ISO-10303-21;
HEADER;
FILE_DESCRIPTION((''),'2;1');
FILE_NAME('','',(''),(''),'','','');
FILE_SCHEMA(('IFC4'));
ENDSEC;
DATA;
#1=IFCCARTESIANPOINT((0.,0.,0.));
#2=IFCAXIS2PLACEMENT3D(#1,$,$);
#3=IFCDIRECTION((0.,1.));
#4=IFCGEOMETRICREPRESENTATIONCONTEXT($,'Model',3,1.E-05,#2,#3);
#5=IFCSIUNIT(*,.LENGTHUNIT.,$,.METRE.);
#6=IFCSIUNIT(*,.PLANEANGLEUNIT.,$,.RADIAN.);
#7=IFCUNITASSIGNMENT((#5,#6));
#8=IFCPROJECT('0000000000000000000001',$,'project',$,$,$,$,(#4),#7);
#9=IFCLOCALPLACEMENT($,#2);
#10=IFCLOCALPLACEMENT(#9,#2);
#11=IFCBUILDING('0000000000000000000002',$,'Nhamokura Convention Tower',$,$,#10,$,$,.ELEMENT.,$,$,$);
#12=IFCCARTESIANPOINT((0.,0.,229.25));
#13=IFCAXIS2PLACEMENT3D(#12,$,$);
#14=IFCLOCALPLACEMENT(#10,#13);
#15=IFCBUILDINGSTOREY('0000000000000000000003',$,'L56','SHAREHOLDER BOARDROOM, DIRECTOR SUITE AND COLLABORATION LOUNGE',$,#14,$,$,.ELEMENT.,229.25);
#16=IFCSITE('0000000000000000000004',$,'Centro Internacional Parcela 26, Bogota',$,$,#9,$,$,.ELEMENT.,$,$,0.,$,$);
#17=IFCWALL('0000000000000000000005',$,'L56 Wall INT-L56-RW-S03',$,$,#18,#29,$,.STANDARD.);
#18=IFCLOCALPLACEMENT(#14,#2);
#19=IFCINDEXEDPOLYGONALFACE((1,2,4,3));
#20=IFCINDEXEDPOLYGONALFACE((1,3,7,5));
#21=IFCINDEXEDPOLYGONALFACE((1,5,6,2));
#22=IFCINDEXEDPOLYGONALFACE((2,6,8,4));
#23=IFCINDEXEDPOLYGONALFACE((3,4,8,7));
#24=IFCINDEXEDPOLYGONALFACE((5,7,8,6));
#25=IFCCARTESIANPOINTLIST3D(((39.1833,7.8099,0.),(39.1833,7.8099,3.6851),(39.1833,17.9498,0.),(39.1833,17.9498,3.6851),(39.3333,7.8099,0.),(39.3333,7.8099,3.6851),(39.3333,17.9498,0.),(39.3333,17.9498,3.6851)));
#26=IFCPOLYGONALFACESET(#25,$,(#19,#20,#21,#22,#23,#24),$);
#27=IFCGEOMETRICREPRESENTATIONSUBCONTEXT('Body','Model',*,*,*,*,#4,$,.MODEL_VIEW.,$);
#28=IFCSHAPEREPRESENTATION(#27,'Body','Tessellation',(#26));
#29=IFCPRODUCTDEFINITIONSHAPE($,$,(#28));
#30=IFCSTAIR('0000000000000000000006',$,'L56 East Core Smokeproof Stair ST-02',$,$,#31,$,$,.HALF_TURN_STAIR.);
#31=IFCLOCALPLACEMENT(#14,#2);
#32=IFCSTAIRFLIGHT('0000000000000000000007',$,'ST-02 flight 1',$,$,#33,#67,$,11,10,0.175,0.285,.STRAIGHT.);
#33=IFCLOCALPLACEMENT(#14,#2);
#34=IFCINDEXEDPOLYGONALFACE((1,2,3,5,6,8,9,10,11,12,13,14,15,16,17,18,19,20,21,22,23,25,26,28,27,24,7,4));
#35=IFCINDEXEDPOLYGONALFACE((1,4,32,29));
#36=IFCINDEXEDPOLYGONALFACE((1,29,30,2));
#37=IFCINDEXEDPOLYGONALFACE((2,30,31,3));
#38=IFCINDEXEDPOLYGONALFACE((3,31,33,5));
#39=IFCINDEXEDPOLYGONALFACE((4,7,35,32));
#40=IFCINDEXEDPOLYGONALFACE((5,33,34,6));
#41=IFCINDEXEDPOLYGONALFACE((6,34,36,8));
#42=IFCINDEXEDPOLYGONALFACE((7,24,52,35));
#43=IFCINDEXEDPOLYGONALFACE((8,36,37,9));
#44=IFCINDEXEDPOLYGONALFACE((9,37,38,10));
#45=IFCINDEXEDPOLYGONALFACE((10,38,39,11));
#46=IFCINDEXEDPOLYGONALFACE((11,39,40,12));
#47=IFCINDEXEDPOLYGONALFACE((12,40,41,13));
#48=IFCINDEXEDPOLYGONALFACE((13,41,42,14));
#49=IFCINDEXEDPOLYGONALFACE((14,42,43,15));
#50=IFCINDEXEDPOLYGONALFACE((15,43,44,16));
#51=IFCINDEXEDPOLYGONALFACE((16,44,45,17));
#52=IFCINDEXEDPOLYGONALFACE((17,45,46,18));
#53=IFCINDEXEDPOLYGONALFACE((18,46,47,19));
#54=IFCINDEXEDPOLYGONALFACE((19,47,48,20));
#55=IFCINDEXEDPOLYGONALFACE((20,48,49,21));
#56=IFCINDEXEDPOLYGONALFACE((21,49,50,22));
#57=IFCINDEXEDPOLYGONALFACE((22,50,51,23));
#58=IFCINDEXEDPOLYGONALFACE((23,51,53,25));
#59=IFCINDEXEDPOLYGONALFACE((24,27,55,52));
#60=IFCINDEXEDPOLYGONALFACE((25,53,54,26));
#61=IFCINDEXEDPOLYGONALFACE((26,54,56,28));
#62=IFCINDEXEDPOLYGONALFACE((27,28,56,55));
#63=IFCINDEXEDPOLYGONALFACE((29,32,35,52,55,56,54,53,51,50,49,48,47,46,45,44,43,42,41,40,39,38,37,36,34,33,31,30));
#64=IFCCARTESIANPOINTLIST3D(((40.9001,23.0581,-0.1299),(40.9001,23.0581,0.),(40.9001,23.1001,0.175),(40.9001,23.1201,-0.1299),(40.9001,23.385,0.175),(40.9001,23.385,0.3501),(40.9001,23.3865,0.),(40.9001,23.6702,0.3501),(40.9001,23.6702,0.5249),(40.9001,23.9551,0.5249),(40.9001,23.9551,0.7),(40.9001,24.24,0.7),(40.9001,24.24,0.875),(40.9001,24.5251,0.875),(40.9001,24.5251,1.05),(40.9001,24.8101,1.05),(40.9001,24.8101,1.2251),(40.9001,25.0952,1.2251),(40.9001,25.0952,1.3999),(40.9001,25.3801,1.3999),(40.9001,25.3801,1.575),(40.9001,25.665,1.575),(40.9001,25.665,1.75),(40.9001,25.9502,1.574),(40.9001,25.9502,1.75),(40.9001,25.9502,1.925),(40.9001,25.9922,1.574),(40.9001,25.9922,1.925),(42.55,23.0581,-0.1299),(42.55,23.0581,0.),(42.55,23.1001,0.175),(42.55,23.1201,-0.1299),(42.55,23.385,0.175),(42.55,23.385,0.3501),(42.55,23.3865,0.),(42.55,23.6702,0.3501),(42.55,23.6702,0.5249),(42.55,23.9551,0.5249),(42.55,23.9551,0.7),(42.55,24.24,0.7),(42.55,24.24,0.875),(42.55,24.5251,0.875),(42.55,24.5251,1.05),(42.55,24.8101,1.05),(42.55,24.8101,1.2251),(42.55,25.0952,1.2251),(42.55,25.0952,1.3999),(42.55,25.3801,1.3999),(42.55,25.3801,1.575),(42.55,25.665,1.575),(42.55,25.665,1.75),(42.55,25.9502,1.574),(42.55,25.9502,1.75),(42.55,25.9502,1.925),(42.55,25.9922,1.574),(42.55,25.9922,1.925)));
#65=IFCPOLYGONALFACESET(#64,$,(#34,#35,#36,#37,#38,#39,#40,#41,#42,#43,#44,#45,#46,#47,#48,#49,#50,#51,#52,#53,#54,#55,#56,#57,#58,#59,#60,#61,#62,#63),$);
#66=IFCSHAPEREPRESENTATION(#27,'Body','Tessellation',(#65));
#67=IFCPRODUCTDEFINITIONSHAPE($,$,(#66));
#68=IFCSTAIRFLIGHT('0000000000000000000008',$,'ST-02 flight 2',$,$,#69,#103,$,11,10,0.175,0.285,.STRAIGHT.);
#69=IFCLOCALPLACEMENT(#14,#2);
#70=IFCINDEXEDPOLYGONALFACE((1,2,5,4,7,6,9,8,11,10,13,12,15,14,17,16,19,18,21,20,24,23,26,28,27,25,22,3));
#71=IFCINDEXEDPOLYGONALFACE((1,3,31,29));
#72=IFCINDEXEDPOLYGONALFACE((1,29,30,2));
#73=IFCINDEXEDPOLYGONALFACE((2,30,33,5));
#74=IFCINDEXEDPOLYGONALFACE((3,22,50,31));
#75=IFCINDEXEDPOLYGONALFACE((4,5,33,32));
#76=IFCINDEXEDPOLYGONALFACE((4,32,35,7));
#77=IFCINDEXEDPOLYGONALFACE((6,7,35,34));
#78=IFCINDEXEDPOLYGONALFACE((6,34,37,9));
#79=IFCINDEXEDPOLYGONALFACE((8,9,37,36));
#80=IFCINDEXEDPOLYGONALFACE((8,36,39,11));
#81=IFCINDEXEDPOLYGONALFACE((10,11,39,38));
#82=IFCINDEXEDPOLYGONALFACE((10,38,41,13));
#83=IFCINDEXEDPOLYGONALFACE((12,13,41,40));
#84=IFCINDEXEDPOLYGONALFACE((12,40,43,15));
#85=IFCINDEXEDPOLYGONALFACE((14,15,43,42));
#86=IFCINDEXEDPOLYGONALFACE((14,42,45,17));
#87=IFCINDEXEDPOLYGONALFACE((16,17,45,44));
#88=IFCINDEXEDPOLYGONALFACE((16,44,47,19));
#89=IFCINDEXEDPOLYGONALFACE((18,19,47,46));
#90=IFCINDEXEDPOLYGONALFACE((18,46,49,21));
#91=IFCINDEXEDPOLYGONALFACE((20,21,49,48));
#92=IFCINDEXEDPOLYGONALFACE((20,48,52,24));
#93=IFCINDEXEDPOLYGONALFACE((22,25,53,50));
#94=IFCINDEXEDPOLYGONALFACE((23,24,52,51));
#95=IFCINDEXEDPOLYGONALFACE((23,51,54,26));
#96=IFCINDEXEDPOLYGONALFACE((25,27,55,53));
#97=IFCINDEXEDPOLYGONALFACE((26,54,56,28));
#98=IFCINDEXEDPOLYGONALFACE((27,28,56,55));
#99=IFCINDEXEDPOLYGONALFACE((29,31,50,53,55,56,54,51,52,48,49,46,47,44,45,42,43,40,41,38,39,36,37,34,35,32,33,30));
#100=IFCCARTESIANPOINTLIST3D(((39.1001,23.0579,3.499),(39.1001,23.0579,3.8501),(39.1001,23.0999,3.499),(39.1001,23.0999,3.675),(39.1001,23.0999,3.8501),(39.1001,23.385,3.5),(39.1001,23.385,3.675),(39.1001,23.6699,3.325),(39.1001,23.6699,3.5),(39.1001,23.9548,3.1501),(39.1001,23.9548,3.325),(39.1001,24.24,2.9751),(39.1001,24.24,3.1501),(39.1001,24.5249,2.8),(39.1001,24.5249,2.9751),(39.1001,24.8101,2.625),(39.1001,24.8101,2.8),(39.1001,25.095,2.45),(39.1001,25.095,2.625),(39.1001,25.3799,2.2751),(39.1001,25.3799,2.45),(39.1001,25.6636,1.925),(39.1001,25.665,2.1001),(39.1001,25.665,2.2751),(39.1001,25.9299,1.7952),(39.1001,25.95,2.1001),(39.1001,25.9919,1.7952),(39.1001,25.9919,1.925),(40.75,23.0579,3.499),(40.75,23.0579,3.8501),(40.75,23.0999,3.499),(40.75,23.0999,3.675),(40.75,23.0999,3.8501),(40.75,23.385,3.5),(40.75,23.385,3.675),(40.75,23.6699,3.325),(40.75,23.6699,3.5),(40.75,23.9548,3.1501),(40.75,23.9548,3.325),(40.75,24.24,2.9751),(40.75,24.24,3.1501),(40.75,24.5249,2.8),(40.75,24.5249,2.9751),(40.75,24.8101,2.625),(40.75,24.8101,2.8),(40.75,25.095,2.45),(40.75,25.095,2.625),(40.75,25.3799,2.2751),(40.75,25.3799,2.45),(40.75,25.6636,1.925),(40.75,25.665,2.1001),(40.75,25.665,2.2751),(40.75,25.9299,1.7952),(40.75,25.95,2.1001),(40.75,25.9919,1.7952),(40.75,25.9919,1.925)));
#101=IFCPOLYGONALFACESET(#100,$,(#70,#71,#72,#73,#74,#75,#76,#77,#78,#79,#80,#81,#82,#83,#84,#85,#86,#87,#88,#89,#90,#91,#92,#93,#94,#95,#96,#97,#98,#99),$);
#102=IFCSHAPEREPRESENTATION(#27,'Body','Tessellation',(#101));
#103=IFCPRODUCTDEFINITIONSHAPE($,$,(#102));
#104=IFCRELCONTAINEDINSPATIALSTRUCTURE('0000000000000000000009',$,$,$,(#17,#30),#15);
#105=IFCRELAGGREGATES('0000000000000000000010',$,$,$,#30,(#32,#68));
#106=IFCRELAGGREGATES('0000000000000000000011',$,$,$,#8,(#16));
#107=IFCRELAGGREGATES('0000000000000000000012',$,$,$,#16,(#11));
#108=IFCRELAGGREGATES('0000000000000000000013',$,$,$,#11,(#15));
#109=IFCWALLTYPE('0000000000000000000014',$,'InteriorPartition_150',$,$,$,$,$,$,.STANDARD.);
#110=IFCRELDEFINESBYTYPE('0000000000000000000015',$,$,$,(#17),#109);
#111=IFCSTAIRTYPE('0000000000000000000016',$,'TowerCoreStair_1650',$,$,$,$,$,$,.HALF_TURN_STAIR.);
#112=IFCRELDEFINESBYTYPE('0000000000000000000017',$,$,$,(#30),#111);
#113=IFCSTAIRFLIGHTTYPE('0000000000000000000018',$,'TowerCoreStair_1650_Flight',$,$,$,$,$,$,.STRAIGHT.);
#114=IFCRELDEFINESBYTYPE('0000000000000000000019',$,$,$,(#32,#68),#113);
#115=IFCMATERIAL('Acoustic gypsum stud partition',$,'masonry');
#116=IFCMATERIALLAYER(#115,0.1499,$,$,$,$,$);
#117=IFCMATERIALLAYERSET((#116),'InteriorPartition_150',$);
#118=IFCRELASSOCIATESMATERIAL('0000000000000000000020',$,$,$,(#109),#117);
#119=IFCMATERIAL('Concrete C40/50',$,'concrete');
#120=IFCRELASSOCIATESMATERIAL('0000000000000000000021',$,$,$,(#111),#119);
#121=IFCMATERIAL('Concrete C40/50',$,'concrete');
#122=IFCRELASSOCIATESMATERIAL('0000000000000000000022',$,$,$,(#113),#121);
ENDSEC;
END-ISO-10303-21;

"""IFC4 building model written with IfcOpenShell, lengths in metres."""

from ifc_helpers import new_model, si_unit, direction, frame, frame_2d, origin, place, context, subcontext, project, spatial, polyline, rectangle, outline, extrude, material, layer, layer_set, type_object, element, aggregate, save


model = new_model("IFC4")

# Units and contexts
model_context = context("Model", 3, precision=1e-05, world=origin(), true_north=direction((0.0, 1.0)))
body_context = subcontext(model_context, "Body", "Model", "MODEL_VIEW")
ifc_project = project(units=[si_unit("LENGTHUNIT", "METRE"), si_unit("PLANEANGLEUNIT", "RADIAN")], contexts=[model_context])

# Site, building, storey
site_placement = place(None, origin())
site = spatial("IfcSite", under=ifc_project, at=site_placement, Name="Centro Internacional Parcela 26, Bogota", CompositionType="ELEMENT", RefElevation=0.0)
building_placement = place(site_placement, origin())
building = spatial("IfcBuilding", under=site, at=building_placement, Name="Nhamokura Convention Tower", CompositionType="ELEMENT")
storey_placement = place(building_placement, frame((0.0, 0.0, 229.25)))
storey = spatial("IfcBuildingStorey", under=building, at=storey_placement, Name="L56", Description="SHAREHOLDER BOARDROOM, DIRECTOR SUITE AND COLLABORATION LOUNGE", CompositionType="ELEMENT", Elevation=229.25)

# Wall
ifc_material_1 = material(Name="Acoustic gypsum stud partition", Category="masonry")
ifc_layer_1 = layer(ifc_material_1, 0.1499)
ifc_layer_set_1 = layer_set([ifc_layer_1], Name="InteriorPartition_150")
wall_type_1 = type_object("IfcWallType", Name="InteriorPartition_150", PredefinedType="STANDARD", material=ifc_layer_set_1)
for number, where, z_axis, x_axis, name in (
    (1, (39.2583, 7.8101, 0.0), (0.0, 0.0, 1.0), (0.0, 1.0, 0.0), "L56 Wall INT-L56-RW-S03"),
):
    element("IfcWall", number, at=place(storey_placement, frame(where, z_axis=z_axis, x_axis=x_axis)), inside=storey, type_object=wall_type_1, Name=name, PredefinedType="STANDARD", context=body_context, shape_type="SweptSolid", body=[
        extrude(rectangle(XDim=10.1399, YDim=0.1499, at=frame_2d((5.0698, 0.0))), origin(), (0.0, 0.0, 1.0), 3.6851),
    ])

# Stair, stair flights
ifc_material_2 = material(Name="Concrete C40/50", Category="concrete")
stair_type = type_object("IfcStairType", Name="TowerCoreStair_1650", PredefinedType="HALF_TURN_STAIR", material=ifc_material_2)
stair_placement = place(storey_placement, origin())
stair = element("IfcStair", 2, at=stair_placement, inside=storey, type_object=stair_type, Name="L56 East Core Smokeproof Stair ST-02", PredefinedType="HALF_TURN_STAIR")
ifc_material_3 = material(Name="Concrete C40/50", Category="concrete")
stair_flight_type = type_object("IfcStairFlightType", Name="TowerCoreStair_1650_Flight", PredefinedType="STRAIGHT", material=ifc_material_3)
stair_flight_1_placement = place(storey_placement, frame((41.7251, 23.1001, 0.0), z_axis=(0.0, 0.0, 1.0), x_axis=(0.0, 1.0, 0.0)))
stair_flight_1 = element("IfcStairFlight", 3, at=stair_flight_1_placement, type_object=stair_flight_type, Name="ST-02 flight 1", NumberOfRisers=11, NumberOfTreads=10, PredefinedType="STRAIGHT", RiserHeight=0.175, TreadLength=0.285, context=body_context, shape_type="SweptSolid", body=[
    extrude(outline(polyline([(-0.042, 0.0), (0.0, 0.175), (0.2849, 0.175), (0.2849, 0.3501), (0.5701, 0.3501), (0.5701, 0.5249), (0.855, 0.5249), (0.855, 0.7), (1.1399, 0.7), (1.1399, 0.875), (1.425, 0.875), (1.425, 1.05), (1.71, 1.05), (1.71, 1.2251), (1.9951, 1.2251), (1.9951, 1.3999), (2.28, 1.3999), (2.28, 1.575), (2.5649, 1.575), (2.5649, 1.75), (2.8501, 1.75), (2.8501, 1.925), (2.8921, 1.925), (2.8921, 1.574), (2.8501, 1.574), (0.2864, 0.0), (0.02, -0.1299), (-0.042, -0.1299), (-0.042, 0.0)])), frame((0.0, 0.825, 0.0), z_axis=(0.0, -1.0, 0.0), x_axis=(1.0, 0.0, 0.0)), (0.0, 0.0, 1.0), 1.6499),
])
stair_flight_2_placement = place(storey_placement, frame((39.925, 25.95, 1.925), z_axis=(0.0, 0.0, 1.0), x_axis=(0.0, -1.0, 0.0)))
stair_flight_2 = element("IfcStairFlight", 4, at=stair_flight_2_placement, type_object=stair_flight_type, Name="ST-02 flight 2", NumberOfRisers=11, NumberOfTreads=10, PredefinedType="STRAIGHT", RiserHeight=0.175, TreadLength=0.285, context=body_context, shape_type="SweptSolid", body=[
    extrude(outline(polyline([(-0.042, 0.0), (0.0, 0.175), (0.2849, 0.175), (0.2849, 0.3501), (0.5701, 0.3501), (0.5701, 0.5249), (0.855, 0.5249), (0.855, 0.7), (1.1399, 0.7), (1.1399, 0.875), (1.425, 0.875), (1.425, 1.05), (1.71, 1.05), (1.71, 1.2251), (1.9951, 1.2251), (1.9951, 1.3999), (2.28, 1.3999), (2.28, 1.575), (2.5649, 1.575), (2.5649, 1.75), (2.8501, 1.75), (2.8501, 1.925), (2.8921, 1.925), (2.8921, 1.574), (2.8501, 1.574), (0.2864, 0.0), (0.02, -0.1299), (-0.042, -0.1299), (-0.042, 0.0)])), frame((0.0, 0.825, 0.0), z_axis=(0.0, -1.0, 0.0), x_axis=(1.0, 0.0, 0.0)), (0.0, 0.0, 1.0), 1.6499),
])
aggregate(stair, [stair_flight_1, stair_flight_2])

save(model, "model.ifc")
